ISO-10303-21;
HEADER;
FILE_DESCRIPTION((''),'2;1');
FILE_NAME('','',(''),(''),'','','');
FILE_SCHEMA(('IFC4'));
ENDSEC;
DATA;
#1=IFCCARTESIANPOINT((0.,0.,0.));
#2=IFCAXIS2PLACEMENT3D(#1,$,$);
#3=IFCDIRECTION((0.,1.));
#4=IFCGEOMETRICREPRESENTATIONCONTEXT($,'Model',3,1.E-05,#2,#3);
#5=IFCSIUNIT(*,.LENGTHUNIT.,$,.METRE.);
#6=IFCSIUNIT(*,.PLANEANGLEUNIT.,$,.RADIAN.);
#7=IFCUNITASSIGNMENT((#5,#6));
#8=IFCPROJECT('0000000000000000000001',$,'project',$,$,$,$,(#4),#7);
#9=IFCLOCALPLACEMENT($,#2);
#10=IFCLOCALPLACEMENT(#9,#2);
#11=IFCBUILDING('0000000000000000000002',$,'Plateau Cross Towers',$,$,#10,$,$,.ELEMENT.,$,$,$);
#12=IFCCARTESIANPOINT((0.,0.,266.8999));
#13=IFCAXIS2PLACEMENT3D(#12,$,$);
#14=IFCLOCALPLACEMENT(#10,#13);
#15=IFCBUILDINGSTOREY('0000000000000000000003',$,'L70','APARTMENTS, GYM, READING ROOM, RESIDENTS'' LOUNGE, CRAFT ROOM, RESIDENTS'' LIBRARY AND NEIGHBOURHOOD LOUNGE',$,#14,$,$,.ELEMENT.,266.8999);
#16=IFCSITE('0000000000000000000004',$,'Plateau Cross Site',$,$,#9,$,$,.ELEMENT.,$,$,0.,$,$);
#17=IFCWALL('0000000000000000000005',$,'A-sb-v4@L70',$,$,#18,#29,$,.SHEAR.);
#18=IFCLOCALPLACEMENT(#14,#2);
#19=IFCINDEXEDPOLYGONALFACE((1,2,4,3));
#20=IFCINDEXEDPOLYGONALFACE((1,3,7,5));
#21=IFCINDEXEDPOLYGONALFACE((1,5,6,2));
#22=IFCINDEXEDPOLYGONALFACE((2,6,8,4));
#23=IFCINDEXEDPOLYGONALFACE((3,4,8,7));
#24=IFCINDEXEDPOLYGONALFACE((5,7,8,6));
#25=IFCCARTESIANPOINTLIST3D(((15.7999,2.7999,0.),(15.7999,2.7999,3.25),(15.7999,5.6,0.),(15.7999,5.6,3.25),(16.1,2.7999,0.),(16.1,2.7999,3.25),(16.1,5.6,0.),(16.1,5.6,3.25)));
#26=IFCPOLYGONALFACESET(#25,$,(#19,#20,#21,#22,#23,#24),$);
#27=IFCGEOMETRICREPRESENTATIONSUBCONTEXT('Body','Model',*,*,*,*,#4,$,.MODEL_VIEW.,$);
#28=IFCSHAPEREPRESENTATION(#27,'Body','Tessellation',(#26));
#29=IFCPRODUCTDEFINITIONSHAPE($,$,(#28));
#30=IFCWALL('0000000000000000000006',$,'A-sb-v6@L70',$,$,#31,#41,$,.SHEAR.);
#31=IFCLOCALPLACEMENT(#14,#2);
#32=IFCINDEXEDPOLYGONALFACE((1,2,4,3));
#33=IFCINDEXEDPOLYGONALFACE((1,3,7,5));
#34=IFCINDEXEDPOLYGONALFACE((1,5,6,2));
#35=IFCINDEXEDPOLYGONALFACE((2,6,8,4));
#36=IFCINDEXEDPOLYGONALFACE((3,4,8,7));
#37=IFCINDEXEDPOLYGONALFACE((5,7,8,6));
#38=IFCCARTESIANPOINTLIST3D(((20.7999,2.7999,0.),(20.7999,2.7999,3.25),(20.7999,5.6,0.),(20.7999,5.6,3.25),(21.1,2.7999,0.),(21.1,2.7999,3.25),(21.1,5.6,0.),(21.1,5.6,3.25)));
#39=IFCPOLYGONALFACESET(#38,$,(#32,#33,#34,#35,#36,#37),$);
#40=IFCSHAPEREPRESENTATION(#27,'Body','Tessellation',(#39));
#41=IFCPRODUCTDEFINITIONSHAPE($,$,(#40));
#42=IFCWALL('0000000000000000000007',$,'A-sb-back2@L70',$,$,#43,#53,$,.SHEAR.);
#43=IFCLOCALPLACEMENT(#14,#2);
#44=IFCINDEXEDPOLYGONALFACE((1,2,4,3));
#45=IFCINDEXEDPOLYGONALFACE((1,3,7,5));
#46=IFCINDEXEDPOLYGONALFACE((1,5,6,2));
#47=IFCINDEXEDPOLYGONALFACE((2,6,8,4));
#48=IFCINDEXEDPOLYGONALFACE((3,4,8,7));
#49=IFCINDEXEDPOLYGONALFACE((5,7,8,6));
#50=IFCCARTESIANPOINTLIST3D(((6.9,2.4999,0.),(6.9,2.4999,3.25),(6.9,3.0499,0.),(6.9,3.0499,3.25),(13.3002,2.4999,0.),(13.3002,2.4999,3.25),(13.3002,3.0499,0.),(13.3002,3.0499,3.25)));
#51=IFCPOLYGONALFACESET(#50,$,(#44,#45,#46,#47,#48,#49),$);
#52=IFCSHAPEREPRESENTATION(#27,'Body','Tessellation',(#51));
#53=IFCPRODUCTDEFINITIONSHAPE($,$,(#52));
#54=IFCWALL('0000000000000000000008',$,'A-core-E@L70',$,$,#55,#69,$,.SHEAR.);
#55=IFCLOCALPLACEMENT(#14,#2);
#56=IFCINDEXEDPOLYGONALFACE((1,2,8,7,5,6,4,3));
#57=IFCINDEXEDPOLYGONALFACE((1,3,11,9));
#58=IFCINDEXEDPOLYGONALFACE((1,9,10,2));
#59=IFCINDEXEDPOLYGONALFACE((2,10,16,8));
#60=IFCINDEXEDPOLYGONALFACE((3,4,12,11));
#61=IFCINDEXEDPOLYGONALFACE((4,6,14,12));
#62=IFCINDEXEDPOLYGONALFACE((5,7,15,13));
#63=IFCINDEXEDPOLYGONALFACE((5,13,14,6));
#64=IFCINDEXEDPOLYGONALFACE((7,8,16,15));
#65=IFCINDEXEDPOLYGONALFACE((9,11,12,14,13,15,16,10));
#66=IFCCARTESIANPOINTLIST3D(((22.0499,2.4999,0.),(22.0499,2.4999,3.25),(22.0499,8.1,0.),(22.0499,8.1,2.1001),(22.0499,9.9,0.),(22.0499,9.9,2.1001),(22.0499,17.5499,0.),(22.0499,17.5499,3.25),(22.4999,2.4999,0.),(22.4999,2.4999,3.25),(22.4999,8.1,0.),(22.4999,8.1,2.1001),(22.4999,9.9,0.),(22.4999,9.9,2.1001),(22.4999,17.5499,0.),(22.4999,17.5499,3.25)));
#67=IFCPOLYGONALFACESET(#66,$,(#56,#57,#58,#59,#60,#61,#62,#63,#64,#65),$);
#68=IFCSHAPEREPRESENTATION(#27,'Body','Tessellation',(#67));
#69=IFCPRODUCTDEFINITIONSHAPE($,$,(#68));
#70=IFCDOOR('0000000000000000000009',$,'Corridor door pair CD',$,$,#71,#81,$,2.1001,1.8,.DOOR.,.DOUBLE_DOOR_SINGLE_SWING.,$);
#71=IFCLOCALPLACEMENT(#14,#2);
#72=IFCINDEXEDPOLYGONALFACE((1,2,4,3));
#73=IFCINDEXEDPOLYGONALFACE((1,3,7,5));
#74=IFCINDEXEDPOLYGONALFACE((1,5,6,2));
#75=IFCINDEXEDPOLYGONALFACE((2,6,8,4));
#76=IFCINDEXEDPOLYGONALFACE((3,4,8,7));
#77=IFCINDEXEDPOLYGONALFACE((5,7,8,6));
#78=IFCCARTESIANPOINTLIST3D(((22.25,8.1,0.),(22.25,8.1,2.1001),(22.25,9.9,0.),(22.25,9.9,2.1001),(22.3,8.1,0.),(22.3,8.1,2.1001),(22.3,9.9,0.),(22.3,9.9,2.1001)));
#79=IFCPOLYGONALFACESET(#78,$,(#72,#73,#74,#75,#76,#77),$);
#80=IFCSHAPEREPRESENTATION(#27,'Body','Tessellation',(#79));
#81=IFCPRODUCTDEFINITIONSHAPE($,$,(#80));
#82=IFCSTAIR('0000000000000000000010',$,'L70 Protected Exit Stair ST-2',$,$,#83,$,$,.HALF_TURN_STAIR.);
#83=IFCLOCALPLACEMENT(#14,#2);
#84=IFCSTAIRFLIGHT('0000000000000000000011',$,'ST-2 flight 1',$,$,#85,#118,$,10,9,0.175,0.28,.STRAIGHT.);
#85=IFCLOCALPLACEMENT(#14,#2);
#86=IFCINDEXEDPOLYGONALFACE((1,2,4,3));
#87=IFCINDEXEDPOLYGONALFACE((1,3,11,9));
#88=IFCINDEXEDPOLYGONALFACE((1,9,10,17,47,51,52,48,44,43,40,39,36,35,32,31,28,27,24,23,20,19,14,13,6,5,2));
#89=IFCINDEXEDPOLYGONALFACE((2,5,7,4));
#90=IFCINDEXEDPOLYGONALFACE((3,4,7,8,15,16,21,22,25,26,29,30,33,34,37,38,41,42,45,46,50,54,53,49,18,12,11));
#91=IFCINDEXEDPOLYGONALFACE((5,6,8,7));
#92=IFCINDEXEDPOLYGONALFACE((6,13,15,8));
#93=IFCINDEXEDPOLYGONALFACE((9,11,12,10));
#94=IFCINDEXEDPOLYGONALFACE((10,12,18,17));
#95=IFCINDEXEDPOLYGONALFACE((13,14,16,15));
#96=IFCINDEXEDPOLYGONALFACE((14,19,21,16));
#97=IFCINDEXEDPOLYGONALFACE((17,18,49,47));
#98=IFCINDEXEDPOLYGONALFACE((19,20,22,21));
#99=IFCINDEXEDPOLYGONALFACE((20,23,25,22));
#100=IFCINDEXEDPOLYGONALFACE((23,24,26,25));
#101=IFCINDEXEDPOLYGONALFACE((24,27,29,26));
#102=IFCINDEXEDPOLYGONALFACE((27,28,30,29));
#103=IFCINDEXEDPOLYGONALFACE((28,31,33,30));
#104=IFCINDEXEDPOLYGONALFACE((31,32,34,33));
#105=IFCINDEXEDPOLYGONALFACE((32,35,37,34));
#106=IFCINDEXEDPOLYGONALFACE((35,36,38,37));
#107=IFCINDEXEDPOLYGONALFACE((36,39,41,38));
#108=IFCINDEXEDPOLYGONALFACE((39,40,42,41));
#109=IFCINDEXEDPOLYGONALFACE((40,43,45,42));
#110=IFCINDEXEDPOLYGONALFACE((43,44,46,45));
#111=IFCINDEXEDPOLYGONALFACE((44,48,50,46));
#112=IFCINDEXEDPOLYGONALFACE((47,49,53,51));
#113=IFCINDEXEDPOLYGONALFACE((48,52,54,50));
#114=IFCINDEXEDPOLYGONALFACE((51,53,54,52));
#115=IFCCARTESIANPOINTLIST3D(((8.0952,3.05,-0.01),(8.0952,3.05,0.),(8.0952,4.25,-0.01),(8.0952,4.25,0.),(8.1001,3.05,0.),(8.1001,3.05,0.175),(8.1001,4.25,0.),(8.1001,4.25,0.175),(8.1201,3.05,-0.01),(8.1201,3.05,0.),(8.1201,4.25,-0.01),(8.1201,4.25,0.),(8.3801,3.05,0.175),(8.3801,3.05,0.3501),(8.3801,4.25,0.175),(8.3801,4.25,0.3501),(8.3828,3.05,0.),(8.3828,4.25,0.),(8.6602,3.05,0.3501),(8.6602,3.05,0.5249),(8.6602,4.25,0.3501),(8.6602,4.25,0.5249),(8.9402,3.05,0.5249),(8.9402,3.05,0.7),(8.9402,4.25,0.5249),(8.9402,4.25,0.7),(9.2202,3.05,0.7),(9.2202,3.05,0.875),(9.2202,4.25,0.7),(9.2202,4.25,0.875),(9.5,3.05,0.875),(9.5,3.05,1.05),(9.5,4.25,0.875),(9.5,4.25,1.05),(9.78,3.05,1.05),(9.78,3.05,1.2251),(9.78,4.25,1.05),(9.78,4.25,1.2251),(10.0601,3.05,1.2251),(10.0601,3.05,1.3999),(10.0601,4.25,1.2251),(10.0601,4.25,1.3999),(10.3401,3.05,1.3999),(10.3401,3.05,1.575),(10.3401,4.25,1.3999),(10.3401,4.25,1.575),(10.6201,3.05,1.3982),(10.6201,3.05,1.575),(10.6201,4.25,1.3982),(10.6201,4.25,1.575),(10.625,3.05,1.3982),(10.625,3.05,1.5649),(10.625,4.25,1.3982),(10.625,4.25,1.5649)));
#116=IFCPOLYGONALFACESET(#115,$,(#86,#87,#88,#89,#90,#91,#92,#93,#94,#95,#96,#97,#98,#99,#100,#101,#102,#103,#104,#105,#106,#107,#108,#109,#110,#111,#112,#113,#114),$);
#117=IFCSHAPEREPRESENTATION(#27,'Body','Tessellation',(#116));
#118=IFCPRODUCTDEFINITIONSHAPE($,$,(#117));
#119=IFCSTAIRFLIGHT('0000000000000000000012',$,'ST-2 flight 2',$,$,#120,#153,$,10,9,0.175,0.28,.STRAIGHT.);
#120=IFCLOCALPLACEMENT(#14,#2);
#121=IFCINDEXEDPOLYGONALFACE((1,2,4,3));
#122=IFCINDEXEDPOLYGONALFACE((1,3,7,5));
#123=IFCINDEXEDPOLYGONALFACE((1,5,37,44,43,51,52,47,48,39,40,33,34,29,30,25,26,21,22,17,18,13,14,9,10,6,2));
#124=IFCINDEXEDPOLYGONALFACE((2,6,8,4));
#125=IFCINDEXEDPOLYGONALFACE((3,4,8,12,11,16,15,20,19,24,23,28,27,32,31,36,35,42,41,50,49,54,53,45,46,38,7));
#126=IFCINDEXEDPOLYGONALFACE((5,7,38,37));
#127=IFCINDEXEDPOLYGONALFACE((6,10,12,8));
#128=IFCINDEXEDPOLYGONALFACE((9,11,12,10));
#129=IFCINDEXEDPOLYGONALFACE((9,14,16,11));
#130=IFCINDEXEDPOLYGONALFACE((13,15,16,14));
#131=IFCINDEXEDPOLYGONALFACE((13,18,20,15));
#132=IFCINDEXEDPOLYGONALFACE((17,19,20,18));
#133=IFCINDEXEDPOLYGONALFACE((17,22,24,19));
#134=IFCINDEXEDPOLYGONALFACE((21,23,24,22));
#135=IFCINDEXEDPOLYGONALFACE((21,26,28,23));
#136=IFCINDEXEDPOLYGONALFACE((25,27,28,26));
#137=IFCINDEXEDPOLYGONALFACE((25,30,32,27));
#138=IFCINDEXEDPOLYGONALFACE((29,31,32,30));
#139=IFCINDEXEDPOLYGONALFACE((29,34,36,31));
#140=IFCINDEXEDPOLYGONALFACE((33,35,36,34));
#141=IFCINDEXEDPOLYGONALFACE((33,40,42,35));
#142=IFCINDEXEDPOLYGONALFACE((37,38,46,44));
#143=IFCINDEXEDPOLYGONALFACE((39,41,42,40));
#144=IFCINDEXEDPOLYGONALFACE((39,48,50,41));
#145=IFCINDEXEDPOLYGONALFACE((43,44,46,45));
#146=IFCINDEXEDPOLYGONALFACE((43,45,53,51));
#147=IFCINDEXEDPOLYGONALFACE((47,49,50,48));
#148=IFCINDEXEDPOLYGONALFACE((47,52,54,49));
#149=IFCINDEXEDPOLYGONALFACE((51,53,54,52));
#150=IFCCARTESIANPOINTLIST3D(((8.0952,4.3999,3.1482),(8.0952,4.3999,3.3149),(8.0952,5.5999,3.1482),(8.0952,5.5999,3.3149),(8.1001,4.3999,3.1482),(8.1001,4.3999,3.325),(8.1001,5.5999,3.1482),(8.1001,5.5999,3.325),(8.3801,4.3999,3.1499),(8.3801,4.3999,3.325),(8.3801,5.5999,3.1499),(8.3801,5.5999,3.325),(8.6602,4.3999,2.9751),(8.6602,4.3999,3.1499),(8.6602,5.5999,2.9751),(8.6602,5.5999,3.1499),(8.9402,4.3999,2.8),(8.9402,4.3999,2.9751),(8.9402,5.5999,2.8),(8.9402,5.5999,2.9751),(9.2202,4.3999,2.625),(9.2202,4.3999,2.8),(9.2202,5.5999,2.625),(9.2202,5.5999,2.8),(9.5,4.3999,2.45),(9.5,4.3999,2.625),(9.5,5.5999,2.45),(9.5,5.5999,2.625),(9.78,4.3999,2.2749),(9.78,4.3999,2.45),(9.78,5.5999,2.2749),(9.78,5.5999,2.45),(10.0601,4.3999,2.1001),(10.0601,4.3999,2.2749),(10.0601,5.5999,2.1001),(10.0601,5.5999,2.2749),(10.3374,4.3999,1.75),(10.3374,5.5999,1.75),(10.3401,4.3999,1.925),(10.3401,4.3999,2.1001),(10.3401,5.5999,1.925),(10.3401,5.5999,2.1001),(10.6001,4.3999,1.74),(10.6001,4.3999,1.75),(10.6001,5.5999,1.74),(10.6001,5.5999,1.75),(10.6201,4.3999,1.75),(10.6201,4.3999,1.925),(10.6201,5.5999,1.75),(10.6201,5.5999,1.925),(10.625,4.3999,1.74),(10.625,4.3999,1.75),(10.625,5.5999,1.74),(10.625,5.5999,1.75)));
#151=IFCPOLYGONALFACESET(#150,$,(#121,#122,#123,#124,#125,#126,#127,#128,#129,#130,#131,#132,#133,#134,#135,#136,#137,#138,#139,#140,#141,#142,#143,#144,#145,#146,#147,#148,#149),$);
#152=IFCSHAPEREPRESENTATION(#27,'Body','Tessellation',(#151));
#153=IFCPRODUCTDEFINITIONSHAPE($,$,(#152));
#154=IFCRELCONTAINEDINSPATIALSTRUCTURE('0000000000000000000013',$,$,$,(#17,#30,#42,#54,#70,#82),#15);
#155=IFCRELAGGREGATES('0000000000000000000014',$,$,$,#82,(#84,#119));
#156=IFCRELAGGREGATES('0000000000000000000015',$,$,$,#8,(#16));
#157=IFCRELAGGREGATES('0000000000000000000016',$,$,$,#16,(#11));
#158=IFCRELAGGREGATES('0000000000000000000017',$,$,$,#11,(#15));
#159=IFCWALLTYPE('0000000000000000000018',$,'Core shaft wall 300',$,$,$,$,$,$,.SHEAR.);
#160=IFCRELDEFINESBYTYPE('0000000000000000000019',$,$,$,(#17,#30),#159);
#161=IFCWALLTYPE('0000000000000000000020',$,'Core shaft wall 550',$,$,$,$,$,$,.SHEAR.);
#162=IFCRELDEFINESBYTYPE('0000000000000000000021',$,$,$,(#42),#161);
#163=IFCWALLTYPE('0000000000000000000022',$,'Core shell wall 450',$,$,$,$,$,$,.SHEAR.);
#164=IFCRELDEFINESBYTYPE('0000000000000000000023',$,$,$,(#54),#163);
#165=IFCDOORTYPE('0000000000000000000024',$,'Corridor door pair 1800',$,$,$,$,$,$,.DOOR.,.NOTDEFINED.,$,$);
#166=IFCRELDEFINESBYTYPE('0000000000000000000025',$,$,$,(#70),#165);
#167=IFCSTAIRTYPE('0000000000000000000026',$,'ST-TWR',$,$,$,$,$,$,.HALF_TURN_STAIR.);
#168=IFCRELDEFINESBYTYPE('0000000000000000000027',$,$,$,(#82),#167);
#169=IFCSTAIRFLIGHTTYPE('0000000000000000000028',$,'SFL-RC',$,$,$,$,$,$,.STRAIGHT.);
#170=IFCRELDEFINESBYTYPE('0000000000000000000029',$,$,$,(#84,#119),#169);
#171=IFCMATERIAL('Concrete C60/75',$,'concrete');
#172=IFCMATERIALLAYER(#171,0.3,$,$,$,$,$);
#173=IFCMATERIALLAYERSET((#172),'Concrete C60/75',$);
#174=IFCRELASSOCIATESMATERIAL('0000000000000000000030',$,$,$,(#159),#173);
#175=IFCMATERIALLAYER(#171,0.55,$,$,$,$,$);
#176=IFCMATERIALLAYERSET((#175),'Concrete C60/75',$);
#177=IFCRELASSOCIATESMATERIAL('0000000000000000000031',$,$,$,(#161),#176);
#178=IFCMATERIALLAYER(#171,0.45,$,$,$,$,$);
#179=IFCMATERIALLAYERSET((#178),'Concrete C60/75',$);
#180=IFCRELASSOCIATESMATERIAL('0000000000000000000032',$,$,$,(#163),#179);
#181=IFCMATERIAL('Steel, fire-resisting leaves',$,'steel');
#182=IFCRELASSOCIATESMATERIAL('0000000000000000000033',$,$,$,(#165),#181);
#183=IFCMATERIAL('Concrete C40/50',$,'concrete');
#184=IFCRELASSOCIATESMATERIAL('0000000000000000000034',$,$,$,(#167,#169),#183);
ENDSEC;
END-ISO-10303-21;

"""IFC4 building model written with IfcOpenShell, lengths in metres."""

from ifc_helpers import new_model, si_unit, direction, frame, frame_2d, origin, place, context, subcontext, project, spatial, polyline, rectangle, outline, extrude, material, layer, layer_set, type_object, element, fill, aggregate, save


model = new_model("IFC4")

# Units and contexts
model_context = context("Model", 3, precision=1e-05, world=origin(), true_north=direction((0.0, 1.0)))
body_context = subcontext(model_context, "Body", "Model", "MODEL_VIEW")
ifc_project = project(units=[si_unit("LENGTHUNIT", "METRE"), si_unit("PLANEANGLEUNIT", "RADIAN")], contexts=[model_context])

# Site, building, storey
site_placement = place(None, origin())
site = spatial("IfcSite", under=ifc_project, at=site_placement, Name="Plateau Cross Site", CompositionType="ELEMENT", RefElevation=0.0)
building_placement = place(site_placement, origin())
building = spatial("IfcBuilding", under=site, at=building_placement, Name="Plateau Cross Towers", CompositionType="ELEMENT")
storey_placement = place(building_placement, frame((0.0, 0.0, 266.8999)))
storey = spatial("IfcBuildingStorey", under=building, at=storey_placement, Name="L70", Description="APARTMENTS, GYM, READING ROOM, RESIDENTS' LOUNGE, CRAFT ROOM, RESIDENTS' LIBRARY AND NEIGHBOURHOOD LOUNGE", CompositionType="ELEMENT", Elevation=266.8999)

# Shared definitions
ifc_material_1 = material(Name="Concrete C60/75", Category="concrete")

# Walls
ifc_layer_1 = layer(ifc_material_1, 0.3)
ifc_layer_set_1 = layer_set([ifc_layer_1], Name="Concrete C60/75")
wall_type_1 = type_object("IfcWallType", Name="Core shaft wall 300", PredefinedType="SHEAR", material=ifc_layer_set_1)
for number, where, z_axis, x_axis, name in (
    (1, (15.95, 2.8, 0.0), (0.0, 0.0, 1.0), (0.0, 1.0, 0.0), "A-sb-v4@L70"),
    (2, (20.95, 2.8, 0.0), (0.0, 0.0, 1.0), (0.0, 1.0, 0.0), "A-sb-v6@L70"),
):
    element("IfcWall", number, at=place(storey_placement, frame(where, z_axis=z_axis, x_axis=x_axis)), inside=storey, type_object=wall_type_1, Name=name, PredefinedType="SHEAR", context=body_context, shape_type="SweptSolid", body=[
        extrude(rectangle(XDim=2.8, YDim=0.3, at=frame_2d((1.3999, 0.0))), origin(), (0.0, 0.0, 1.0), 3.25),
    ])
ifc_layer_2 = layer(ifc_material_1, 0.55)
ifc_layer_set_2 = layer_set([ifc_layer_2], Name="Concrete C60/75")
wall_type_2 = type_object("IfcWallType", Name="Core shaft wall 550", PredefinedType="SHEAR", material=ifc_layer_set_2)
wall_1_placement = place(storey_placement, frame((6.8999, 2.7749, 0.0), z_axis=(0.0, 0.0, 1.0), x_axis=(1.0, 0.0, 0.0)))
element("IfcWall", 3, at=wall_1_placement, inside=storey, type_object=wall_type_2, Name="A-sb-back2@L70", PredefinedType="SHEAR", context=body_context, shape_type="SweptSolid", body=[
    extrude(rectangle(XDim=6.4001, YDim=0.55, at=frame_2d((3.2002, 0.0))), origin(), (0.0, 0.0, 1.0), 3.25),
])

# Wall, opening, door
ifc_layer_3 = layer(ifc_material_1, 0.45)
ifc_layer_set_3 = layer_set([ifc_layer_3], Name="Concrete C60/75")
wall_type_3 = type_object("IfcWallType", Name="Core shell wall 450", PredefinedType="SHEAR", material=ifc_layer_set_3)
wall_2_placement = place(storey_placement, frame((22.2749, 2.5, 0.0), z_axis=(0.0, 0.0, 1.0), x_axis=(0.0, 1.0, 0.0)))
wall_2 = element("IfcWall", 4, at=wall_2_placement, inside=storey, type_object=wall_type_3, Name="A-core-E@L70", PredefinedType="SHEAR", context=body_context, shape_type="SweptSolid", body=[
    extrude(rectangle(XDim=15.05, YDim=0.45, at=frame_2d((7.5249, 0.0))), origin(), (0.0, 0.0, 1.0), 3.25),
])
opening_placement = place(wall_2_placement, frame((5.6001, 0.0, 0.0)))
opening = element("IfcOpeningElement", 5, at=opening_placement, cuts=wall_2, PredefinedType="OPENING", context=body_context, shape_type="SweptSolid", body=[
    extrude(rectangle(XDim=1.8, YDim=2.1001, at=frame_2d((0.8999, 1.05))), frame((0.0, 0.2349, 0.0), z_axis=(0.0, -1.0, 0.0), x_axis=(1.0, 0.0, 0.0)), (0.0, 0.0, 1.0), 0.47),
])
ifc_material_2 = material(Name="Steel, fire-resisting leaves", Category="steel")
door_type = type_object("IfcDoorType", Name="Corridor door pair 1800", OperationType="NOTDEFINED", PredefinedType="DOOR", material=ifc_material_2)
door_placement = place(opening_placement, origin())
door = element("IfcDoor", 6, at=door_placement, inside=storey, type_object=door_type, Name="Corridor door pair CD", OperationType="DOUBLE_DOOR_SINGLE_SWING", OverallHeight=2.1001, OverallWidth=1.8, PredefinedType="DOOR", context=body_context, shape_type="SweptSolid", body=[
    extrude(rectangle(XDim=1.8, YDim=2.1001, at=frame_2d((0.8999, 1.05))), frame((0.0, 0.0249, 0.0), z_axis=(0.0, -1.0, 0.0), x_axis=(1.0, 0.0, 0.0)), (0.0, 0.0, 1.0), 0.05),
])
fill(opening, door)

# Stair, stair flights
ifc_material_3 = material(Name="Concrete C40/50", Category="concrete")
stair_type = type_object("IfcStairType", Name="ST-TWR", PredefinedType="HALF_TURN_STAIR", material=ifc_material_3)
stair_placement = place(storey_placement, origin())
stair = element("IfcStair", 7, at=stair_placement, inside=storey, type_object=stair_type, Name="L70 Protected Exit Stair ST-2", PredefinedType="HALF_TURN_STAIR")
stair_flight_type = type_object("IfcStairFlightType", Name="SFL-RC", PredefinedType="STRAIGHT", material=ifc_material_3)
stair_flight_1_placement = place(storey_placement, frame((8.1001, 3.6499, 0.0), z_axis=(0.0, 0.0, 1.0), x_axis=(1.0, 0.0, 0.0)))
stair_flight_1 = element("IfcStairFlight", 8, at=stair_flight_1_placement, type_object=stair_flight_type, Name="ST-2 flight 1", NumberOfRisers=10, NumberOfTreads=9, PredefinedType="STRAIGHT", RiserHeight=0.175, TreadLength=0.28, context=body_context, shape_type="SweptSolid", body=[
    extrude(outline(polyline([(-0.0049, -0.01), (-0.0049, 0.0), (0.0, 0.0), (0.0, 0.175), (0.28, 0.175), (0.28, 0.3501), (0.5601, 0.3501), (0.5601, 0.5249), (0.8401, 0.5249), (0.8401, 0.7), (1.1201, 0.7), (1.1201, 0.875), (1.3999, 0.875), (1.3999, 1.05), (1.6799, 1.05), (1.6799, 1.2251), (1.96, 1.2251), (1.96, 1.3999), (2.24, 1.3999), (2.24, 1.575), (2.52, 1.575), (2.5249, 1.5649), (2.5249, 1.3982), (2.52, 1.3982), (0.2827, 0.0), (0.02, 0.0), (0.02, -0.01), (-0.0049, -0.01)])), frame((0.0, 0.6001, 0.0), z_axis=(0.0, -1.0, 0.0), x_axis=(1.0, 0.0, 0.0)), (0.0, 0.0, 1.0), 1.2),
])
stair_flight_2_placement = place(storey_placement, frame((10.6201, 5.0, 1.75), z_axis=(0.0, 0.0, 1.0), x_axis=(-1.0, 0.0, 0.0)))
stair_flight_2 = element("IfcStairFlight", 9, at=stair_flight_2_placement, type_object=stair_flight_type, Name="ST-2 flight 2", NumberOfRisers=10, NumberOfTreads=9, PredefinedType="STRAIGHT", RiserHeight=0.175, TreadLength=0.28, context=body_context, shape_type="SweptSolid", body=[
    extrude(outline(polyline([(-0.0049, -0.01), (-0.0049, 0.0), (0.0, 0.0), (0.0, 0.175), (0.28, 0.175), (0.28, 0.3501), (0.5601, 0.3501), (0.5601, 0.5249), (0.8401, 0.5249), (0.8401, 0.7), (1.1201, 0.7), (1.1201, 0.875), (1.3999, 0.875), (1.3999, 1.05), (1.6799, 1.05), (1.6799, 1.2251), (1.96, 1.2251), (1.96, 1.3999), (2.24, 1.3999), (2.24, 1.575), (2.52, 1.575), (2.5249, 1.5649), (2.5249, 1.3982), (2.52, 1.3982), (0.2827, 0.0), (0.02, 0.0), (0.02, -0.01), (-0.0049, -0.01)])), frame((0.0, 0.6001, 0.0), z_axis=(0.0, -1.0, 0.0), x_axis=(1.0, 0.0, 0.0)), (0.0, 0.0, 1.0), 1.2),
])
aggregate(stair, [stair_flight_1, stair_flight_2])

save(model, "model.ifc")
